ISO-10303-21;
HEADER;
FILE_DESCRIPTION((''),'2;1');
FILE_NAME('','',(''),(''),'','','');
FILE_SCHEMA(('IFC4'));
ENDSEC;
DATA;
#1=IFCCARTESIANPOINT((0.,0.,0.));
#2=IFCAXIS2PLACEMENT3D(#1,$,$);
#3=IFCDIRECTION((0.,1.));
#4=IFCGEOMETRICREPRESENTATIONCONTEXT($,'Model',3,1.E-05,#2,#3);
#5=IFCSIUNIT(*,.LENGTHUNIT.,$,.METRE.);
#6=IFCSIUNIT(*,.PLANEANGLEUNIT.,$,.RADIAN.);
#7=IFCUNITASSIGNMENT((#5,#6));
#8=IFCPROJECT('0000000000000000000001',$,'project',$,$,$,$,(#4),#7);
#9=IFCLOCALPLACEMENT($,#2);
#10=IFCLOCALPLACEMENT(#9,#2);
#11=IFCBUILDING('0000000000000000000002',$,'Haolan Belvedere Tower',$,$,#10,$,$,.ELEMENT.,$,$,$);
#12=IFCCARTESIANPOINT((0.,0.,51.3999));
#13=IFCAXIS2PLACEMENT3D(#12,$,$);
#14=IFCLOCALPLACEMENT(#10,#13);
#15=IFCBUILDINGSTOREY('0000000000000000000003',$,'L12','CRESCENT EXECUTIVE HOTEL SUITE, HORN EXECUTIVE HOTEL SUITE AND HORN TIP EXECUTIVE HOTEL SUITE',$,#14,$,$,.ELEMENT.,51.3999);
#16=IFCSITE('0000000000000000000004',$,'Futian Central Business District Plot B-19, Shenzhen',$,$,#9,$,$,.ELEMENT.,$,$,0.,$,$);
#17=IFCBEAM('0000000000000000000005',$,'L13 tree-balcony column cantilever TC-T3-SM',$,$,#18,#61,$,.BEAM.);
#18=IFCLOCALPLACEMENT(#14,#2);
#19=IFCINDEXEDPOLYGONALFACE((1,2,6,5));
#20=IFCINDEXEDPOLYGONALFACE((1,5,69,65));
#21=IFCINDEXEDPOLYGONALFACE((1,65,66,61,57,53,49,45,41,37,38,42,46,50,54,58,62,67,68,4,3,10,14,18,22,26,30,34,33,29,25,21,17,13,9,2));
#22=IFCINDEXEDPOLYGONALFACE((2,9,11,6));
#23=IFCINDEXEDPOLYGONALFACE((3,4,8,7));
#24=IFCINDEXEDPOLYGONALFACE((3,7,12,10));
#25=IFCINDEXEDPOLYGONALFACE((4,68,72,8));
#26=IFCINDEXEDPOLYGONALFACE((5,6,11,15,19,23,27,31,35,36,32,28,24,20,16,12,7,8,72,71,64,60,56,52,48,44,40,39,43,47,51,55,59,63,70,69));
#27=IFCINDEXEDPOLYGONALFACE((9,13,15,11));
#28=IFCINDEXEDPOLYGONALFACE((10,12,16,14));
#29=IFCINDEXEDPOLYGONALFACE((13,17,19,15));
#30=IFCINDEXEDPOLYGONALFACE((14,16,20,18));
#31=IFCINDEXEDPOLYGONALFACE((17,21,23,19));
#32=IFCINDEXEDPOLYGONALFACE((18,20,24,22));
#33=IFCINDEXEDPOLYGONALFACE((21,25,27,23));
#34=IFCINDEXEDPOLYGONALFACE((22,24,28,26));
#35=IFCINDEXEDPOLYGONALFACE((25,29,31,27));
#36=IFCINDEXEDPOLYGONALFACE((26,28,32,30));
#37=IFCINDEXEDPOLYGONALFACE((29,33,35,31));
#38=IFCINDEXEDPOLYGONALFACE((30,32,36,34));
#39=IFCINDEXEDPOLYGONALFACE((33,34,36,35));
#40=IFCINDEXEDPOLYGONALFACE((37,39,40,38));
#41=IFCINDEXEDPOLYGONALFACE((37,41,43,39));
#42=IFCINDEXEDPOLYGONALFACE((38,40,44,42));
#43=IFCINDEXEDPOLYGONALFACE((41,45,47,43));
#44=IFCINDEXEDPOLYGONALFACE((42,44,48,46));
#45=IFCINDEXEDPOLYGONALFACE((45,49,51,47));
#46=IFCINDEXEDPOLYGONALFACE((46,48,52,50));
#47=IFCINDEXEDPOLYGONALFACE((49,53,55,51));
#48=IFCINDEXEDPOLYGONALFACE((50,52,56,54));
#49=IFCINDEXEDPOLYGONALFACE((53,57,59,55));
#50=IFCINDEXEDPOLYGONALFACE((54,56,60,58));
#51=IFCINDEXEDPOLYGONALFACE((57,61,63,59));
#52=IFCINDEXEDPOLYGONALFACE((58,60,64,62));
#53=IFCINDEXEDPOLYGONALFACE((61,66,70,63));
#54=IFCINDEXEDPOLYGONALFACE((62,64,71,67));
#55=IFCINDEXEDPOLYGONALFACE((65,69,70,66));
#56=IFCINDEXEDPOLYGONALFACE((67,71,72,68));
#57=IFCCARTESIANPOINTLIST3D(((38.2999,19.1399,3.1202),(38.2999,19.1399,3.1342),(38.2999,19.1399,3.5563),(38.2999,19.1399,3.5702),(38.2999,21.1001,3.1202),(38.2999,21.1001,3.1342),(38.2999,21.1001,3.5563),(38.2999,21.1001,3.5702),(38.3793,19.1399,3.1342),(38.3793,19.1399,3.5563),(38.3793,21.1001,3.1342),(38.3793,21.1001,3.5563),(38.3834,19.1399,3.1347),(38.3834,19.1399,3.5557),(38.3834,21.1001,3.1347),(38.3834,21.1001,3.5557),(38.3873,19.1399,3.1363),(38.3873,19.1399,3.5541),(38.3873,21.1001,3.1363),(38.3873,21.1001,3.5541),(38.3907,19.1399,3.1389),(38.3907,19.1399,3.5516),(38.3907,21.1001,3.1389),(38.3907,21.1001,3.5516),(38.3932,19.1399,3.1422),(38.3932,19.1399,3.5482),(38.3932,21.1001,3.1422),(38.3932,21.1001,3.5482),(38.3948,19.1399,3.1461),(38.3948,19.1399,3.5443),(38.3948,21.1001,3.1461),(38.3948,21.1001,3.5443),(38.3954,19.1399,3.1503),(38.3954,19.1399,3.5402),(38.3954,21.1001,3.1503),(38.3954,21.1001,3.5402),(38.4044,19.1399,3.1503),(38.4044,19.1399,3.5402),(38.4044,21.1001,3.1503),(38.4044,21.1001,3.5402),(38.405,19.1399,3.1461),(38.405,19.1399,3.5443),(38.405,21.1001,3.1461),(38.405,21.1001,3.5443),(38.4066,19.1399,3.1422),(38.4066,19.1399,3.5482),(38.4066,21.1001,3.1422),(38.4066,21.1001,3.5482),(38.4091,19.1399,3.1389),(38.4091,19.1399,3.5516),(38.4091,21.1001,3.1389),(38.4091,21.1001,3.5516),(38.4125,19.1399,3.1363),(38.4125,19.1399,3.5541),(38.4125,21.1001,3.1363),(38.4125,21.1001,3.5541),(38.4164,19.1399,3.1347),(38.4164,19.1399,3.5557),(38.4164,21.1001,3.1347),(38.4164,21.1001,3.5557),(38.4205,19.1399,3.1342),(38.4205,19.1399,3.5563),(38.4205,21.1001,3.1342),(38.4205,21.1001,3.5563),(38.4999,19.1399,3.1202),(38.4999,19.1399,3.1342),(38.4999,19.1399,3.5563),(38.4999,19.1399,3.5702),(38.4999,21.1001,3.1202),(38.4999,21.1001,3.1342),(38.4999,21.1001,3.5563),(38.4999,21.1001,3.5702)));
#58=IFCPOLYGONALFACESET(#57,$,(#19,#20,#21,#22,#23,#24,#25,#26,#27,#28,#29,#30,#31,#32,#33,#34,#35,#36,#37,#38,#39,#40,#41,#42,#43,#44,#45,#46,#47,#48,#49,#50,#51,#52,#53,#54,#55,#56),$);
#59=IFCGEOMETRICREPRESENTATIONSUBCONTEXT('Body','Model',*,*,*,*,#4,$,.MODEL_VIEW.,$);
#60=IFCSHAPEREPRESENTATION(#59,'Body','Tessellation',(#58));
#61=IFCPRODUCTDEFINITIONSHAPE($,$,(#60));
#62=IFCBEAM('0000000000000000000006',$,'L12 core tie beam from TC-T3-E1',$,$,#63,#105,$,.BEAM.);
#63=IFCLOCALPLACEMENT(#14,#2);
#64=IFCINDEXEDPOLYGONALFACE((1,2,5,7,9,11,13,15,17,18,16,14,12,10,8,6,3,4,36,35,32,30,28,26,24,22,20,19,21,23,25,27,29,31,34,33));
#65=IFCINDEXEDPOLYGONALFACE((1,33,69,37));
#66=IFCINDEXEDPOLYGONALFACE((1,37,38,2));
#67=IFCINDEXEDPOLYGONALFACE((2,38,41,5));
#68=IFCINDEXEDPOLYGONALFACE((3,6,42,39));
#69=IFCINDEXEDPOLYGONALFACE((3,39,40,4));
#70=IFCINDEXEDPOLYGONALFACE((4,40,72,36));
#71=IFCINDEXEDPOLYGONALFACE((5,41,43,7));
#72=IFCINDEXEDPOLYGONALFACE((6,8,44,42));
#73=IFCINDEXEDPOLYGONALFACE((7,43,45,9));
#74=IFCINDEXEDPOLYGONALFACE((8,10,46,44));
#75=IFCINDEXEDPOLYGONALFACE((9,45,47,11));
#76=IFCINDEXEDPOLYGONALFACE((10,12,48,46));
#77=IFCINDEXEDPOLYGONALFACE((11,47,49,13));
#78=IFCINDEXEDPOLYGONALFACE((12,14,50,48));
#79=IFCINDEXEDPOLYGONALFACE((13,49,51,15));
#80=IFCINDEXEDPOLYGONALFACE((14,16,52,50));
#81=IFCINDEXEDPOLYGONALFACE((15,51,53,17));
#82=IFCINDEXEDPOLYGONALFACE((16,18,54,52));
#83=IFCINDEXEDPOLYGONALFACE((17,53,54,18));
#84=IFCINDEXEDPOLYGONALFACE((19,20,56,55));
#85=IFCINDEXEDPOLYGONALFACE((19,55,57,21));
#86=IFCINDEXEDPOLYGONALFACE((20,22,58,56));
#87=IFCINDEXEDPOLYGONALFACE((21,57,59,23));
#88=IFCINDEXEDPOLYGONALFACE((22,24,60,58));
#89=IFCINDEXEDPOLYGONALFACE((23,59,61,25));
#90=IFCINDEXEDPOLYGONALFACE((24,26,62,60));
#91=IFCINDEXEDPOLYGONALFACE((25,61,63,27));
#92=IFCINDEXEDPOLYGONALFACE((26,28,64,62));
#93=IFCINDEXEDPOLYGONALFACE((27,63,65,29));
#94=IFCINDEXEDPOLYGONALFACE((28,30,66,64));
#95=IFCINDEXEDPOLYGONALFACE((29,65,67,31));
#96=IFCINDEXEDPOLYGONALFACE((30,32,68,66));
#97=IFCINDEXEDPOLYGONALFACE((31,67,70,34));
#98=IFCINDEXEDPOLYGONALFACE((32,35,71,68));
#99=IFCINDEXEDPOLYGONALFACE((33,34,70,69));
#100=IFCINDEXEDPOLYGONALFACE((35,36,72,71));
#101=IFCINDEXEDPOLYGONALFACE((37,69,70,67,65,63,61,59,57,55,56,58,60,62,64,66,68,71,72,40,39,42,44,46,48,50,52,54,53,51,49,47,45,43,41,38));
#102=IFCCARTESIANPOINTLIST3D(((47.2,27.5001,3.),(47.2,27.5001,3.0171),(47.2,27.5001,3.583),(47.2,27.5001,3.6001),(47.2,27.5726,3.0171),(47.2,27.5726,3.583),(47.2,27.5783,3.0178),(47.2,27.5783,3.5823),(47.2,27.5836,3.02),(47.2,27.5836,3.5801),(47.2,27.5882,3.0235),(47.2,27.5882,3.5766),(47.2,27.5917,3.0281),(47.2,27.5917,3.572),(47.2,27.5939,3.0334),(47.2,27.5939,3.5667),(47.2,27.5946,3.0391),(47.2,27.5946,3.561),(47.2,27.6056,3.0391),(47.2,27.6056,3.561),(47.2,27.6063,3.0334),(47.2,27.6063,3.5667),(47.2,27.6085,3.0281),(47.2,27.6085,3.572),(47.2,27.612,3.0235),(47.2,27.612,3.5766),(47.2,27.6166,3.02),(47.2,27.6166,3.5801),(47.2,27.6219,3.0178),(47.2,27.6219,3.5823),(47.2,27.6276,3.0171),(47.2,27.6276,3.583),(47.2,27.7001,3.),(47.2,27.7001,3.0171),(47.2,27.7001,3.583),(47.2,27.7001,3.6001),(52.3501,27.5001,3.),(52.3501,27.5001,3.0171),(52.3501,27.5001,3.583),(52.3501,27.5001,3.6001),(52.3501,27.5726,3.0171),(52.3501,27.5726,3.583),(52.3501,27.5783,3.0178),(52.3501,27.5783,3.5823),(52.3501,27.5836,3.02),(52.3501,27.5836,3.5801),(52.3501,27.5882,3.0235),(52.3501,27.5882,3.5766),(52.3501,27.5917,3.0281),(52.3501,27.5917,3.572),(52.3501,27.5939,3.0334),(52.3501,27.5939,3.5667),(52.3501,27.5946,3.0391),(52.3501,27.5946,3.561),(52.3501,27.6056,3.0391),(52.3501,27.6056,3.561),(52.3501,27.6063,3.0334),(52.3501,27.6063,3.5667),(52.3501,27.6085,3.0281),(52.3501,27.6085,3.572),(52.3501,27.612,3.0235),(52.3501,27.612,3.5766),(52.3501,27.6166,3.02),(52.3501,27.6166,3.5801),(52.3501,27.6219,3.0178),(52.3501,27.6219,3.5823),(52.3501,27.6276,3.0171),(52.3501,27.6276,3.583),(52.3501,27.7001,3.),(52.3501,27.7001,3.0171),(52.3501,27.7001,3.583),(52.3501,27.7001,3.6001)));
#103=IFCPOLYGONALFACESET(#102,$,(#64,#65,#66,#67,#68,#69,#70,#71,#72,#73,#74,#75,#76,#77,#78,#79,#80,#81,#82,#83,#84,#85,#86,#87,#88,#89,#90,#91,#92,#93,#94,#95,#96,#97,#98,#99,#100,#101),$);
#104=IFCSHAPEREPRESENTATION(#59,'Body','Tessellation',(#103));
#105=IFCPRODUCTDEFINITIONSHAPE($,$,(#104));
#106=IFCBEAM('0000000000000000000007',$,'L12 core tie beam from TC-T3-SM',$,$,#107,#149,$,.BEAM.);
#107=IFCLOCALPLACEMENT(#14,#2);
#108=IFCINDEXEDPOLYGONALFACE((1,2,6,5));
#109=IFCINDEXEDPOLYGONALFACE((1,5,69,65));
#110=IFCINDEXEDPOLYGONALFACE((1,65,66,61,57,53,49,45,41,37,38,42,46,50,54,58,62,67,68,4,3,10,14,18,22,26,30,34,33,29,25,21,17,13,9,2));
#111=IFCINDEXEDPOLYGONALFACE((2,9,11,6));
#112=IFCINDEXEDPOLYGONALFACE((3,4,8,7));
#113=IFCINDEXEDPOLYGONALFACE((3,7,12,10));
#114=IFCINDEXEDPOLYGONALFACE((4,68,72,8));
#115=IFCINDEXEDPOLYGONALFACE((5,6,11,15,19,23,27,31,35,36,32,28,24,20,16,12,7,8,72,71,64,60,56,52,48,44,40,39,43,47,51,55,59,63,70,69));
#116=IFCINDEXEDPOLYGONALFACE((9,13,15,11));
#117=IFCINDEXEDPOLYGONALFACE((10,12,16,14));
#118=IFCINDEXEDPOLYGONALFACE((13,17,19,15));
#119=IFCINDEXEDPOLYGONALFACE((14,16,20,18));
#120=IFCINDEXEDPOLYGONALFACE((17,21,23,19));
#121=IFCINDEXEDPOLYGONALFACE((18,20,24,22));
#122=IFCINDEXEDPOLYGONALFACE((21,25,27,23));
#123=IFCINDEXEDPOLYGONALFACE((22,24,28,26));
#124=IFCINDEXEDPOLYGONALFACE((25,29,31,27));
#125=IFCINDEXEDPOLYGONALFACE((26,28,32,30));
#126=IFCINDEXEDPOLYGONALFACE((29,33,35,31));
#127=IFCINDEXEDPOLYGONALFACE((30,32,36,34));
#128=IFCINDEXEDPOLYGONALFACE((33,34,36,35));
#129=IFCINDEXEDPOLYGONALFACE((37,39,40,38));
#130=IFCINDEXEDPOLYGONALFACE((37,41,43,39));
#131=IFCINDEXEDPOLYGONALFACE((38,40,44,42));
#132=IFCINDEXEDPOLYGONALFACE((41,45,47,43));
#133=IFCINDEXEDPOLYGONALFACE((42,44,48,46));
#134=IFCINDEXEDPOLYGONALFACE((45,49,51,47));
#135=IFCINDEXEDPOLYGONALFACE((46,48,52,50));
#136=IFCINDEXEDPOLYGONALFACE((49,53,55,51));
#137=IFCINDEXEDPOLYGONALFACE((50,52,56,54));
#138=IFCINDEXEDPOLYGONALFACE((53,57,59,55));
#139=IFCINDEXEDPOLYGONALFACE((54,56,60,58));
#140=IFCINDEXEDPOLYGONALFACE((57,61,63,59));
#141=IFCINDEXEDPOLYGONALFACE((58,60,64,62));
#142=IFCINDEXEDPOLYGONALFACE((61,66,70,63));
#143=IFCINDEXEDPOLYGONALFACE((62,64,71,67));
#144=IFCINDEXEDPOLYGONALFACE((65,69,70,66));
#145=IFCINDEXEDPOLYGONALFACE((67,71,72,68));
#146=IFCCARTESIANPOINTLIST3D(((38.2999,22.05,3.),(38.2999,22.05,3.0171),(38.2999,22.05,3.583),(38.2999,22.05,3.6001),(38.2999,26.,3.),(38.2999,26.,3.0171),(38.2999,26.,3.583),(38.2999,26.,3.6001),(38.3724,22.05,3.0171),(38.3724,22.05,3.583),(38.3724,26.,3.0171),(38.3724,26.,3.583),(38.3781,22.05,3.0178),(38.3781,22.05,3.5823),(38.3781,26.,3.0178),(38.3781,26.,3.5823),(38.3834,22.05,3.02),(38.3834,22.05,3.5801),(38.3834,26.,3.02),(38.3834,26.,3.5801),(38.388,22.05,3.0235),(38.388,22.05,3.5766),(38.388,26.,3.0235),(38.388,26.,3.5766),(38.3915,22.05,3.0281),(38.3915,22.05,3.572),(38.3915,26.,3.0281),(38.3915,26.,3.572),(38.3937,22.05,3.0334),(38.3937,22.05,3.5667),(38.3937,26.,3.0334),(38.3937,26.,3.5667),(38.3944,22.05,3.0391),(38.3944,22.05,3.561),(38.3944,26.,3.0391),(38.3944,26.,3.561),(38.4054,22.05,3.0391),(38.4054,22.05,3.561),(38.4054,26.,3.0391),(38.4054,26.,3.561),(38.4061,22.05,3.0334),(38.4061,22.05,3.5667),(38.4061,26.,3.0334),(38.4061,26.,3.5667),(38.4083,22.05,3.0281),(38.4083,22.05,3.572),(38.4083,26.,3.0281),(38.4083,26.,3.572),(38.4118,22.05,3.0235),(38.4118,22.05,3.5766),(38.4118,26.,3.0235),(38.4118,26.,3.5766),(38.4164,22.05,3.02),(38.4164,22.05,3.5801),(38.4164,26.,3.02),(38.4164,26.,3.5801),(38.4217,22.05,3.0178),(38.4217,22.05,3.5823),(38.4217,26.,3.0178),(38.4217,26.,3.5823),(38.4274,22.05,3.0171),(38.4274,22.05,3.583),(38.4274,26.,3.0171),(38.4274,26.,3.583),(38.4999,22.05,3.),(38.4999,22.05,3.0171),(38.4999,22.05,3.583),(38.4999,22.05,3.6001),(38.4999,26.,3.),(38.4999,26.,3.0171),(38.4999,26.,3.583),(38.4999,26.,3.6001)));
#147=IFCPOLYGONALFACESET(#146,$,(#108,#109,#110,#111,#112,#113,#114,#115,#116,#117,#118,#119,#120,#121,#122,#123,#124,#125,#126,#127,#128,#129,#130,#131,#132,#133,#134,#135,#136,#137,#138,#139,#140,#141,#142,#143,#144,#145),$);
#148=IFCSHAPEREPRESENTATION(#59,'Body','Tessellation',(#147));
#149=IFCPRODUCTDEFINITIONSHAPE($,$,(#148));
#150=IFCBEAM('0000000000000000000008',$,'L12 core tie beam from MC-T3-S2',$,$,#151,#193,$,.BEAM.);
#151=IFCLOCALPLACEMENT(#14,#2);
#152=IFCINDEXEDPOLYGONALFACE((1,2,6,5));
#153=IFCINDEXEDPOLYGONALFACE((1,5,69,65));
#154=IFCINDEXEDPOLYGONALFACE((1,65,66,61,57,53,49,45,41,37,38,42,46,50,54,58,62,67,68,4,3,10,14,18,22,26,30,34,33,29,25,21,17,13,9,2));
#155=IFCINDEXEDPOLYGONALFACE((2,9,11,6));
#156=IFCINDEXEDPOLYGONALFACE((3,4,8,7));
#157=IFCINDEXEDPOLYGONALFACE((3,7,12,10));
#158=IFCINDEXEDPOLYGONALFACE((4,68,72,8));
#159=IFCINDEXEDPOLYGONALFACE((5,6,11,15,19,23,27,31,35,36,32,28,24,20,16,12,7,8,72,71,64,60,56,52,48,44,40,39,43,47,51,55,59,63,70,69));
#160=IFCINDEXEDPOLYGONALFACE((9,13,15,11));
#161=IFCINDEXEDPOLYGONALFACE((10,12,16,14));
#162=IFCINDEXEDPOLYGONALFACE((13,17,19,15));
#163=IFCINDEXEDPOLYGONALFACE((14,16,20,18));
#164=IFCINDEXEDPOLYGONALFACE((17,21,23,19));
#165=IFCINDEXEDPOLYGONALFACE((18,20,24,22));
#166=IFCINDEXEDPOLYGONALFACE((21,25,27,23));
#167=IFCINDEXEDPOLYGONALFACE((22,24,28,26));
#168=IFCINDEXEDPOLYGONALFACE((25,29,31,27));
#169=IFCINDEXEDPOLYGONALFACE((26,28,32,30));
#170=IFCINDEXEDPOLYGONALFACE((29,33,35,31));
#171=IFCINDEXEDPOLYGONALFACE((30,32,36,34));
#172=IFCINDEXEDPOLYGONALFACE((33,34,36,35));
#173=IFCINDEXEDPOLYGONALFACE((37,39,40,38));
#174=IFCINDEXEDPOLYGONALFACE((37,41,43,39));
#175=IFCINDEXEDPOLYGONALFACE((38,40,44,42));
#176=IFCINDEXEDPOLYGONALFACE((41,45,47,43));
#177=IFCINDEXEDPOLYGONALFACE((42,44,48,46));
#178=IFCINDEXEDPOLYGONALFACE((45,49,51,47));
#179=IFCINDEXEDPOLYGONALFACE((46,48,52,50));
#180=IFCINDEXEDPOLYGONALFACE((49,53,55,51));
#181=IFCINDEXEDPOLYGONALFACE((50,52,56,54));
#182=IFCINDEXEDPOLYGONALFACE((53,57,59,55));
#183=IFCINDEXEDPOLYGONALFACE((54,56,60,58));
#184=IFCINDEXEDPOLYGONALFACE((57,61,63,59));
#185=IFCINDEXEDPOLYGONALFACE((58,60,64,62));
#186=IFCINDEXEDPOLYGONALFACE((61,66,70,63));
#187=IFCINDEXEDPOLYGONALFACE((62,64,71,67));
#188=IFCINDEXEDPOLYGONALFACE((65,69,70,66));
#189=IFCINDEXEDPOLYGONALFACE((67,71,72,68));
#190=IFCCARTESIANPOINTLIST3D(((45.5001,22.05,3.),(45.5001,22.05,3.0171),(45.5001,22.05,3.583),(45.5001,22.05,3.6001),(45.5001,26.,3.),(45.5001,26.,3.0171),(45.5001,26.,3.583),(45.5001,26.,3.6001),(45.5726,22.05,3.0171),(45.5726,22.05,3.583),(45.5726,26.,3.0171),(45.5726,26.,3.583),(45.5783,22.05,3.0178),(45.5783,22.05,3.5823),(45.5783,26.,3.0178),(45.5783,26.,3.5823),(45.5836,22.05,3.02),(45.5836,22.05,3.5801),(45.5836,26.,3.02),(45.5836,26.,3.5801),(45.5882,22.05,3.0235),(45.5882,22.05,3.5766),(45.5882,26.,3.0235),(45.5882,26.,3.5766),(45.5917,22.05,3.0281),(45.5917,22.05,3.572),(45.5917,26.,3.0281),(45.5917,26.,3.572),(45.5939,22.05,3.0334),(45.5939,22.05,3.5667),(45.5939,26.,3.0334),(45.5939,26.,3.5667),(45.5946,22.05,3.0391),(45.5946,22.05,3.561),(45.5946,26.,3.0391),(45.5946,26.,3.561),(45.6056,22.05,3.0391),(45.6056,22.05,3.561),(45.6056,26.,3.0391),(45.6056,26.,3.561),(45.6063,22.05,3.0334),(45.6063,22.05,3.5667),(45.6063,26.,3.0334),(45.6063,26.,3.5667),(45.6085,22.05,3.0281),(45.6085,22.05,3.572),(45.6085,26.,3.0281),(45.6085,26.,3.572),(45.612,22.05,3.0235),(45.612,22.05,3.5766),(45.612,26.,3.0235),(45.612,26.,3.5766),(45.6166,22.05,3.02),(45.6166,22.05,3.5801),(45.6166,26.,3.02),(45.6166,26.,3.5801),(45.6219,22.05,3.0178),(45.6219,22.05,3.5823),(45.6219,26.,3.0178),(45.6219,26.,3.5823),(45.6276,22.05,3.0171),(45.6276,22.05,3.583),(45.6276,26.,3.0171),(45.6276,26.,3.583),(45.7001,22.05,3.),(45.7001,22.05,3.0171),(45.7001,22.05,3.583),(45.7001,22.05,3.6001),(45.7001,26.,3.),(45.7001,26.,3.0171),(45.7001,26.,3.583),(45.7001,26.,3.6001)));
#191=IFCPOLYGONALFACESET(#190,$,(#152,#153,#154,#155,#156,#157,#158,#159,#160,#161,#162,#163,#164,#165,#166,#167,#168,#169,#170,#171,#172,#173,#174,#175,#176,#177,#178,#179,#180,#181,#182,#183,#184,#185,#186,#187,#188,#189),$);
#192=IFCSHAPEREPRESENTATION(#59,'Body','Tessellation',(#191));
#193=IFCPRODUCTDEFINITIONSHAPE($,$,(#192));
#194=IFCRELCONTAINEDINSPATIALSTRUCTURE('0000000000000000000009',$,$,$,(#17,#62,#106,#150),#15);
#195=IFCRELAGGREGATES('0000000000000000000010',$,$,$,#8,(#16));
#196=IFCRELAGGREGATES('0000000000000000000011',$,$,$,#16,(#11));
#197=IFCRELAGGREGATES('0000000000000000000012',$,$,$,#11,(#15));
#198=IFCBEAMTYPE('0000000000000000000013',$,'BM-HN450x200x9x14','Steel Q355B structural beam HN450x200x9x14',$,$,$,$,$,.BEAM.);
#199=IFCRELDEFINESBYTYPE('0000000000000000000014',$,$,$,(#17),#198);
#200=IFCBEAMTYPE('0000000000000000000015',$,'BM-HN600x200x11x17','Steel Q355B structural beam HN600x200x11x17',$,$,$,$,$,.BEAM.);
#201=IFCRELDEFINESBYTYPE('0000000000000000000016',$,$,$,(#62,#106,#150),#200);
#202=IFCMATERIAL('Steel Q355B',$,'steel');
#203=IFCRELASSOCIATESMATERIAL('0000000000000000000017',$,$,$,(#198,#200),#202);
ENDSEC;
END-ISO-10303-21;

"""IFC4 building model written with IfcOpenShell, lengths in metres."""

from ifc_helpers import new_model, si_unit, direction, frame, origin, origin_2d, place, context, subcontext, project, spatial, i_section, extrude, material, material_profile, profile_set, type_object, element, save


model = new_model("IFC4")

# Units and contexts
model_context = context("Model", 3, precision=1e-05, world=origin(), true_north=direction((0.0, 1.0)))
body_context = subcontext(model_context, "Body", "Model", "MODEL_VIEW")
ifc_project = project(units=[si_unit("LENGTHUNIT", "METRE"), si_unit("PLANEANGLEUNIT", "RADIAN")], contexts=[model_context])

# Site, building, storey
site_placement = place(None, origin())
site = spatial("IfcSite", under=ifc_project, at=site_placement, Name="Futian Central Business District Plot B-19, Shenzhen", CompositionType="ELEMENT", RefElevation=0.0)
building_placement = place(site_placement, origin())
building = spatial("IfcBuilding", under=site, at=building_placement, Name="Haolan Belvedere Tower", CompositionType="ELEMENT")
storey_placement = place(building_placement, frame((0.0, 0.0, 51.3999)))
storey = spatial("IfcBuildingStorey", under=building, at=storey_placement, Name="L12", Description="CRESCENT EXECUTIVE HOTEL SUITE, HORN EXECUTIVE HOTEL SUITE AND HORN TIP EXECUTIVE HOTEL SUITE", CompositionType="ELEMENT", Elevation=51.3999)

# Shared definitions
ifc_material_1 = material(Name="Steel Q355B", Category="steel")

# Beams
ifc_material_profile_1 = material_profile(ifc_material_1, i_section(OverallWidth=0.2, OverallDepth=0.45, WebThickness=0.009, FlangeThickness=0.0139, FilletRadius=0.0161, at=origin_2d()), Name="Steel Q355B")
ifc_profile_set_1 = profile_set([ifc_material_profile_1], Name="Steel Q355B")
beam_type_1 = type_object("IfcBeamType", Name="BM-HN450x200x9x14", Description="Steel Q355B structural beam HN450x200x9x14", PredefinedType="BEAM", material=ifc_profile_set_1)
beam_1_placement = place(storey_placement, frame((38.3999, 21.1001, 3.3452), z_axis=(0.0, -1.0, 0.0), x_axis=(1.0, 0.0, 0.0)))
element("IfcBeam", 1, at=beam_1_placement, inside=storey, type_object=beam_type_1, Name="L13 tree-balcony column cantilever TC-T3-SM", PredefinedType="BEAM", context=body_context, shape_type="SweptSolid", body=[
    extrude(i_section(OverallWidth=0.2, OverallDepth=0.45, WebThickness=0.009, FlangeThickness=0.0139, FilletRadius=0.0161, at=origin_2d()), origin(), (0.0, 0.0, 1.0), 1.9602),
])
ifc_material_profile_2 = material_profile(ifc_material_1, i_section(OverallWidth=0.2, OverallDepth=0.6001, WebThickness=0.011, FlangeThickness=0.0171, FilletRadius=0.022, at=origin_2d()), Name="Steel Q355B")
ifc_profile_set_2 = profile_set([ifc_material_profile_2], Name="Steel Q355B")
beam_type_2 = type_object("IfcBeamType", Name="BM-HN600x200x11x17", Description="Steel Q355B structural beam HN600x200x11x17", PredefinedType="BEAM", material=ifc_profile_set_2)
beam_2_placement = place(storey_placement, frame((52.3501, 27.6001, 3.3), z_axis=(-1.0, 0.0, 0.0), x_axis=(0.0, -1.0, 0.0)))
element("IfcBeam", 2, at=beam_2_placement, inside=storey, type_object=beam_type_2, Name="L12 core tie beam from TC-T3-E1", PredefinedType="BEAM", context=body_context, shape_type="SweptSolid", body=[
    extrude(i_section(OverallWidth=0.2, OverallDepth=0.6001, WebThickness=0.011, FlangeThickness=0.0171, FilletRadius=0.022, at=origin_2d()), origin(), (0.0, 0.0, 1.0), 5.1501),
])
for number, where, z_axis, x_axis, name in (
    (3, (38.3999, 22.05, 3.3), (0.0, 1.0, 0.0), (-1.0, 0.0, 0.0), "L12 core tie beam from TC-T3-SM"),
    (4, (45.6001, 22.05, 3.3), (0.0, 1.0, 0.0), (-1.0, 0.0, 0.0), "L12 core tie beam from MC-T3-S2"),
):
    element("IfcBeam", number, at=place(storey_placement, frame(where, z_axis=z_axis, x_axis=x_axis)), inside=storey, type_object=beam_type_2, Name=name, PredefinedType="BEAM", context=body_context, shape_type="SweptSolid", body=[
        extrude(i_section(OverallWidth=0.2, OverallDepth=0.6001, WebThickness=0.011, FlangeThickness=0.0171, FilletRadius=0.022, at=origin_2d()), origin(), (0.0, 0.0, 1.0), 3.95),
    ])

save(model, "model.ifc")
